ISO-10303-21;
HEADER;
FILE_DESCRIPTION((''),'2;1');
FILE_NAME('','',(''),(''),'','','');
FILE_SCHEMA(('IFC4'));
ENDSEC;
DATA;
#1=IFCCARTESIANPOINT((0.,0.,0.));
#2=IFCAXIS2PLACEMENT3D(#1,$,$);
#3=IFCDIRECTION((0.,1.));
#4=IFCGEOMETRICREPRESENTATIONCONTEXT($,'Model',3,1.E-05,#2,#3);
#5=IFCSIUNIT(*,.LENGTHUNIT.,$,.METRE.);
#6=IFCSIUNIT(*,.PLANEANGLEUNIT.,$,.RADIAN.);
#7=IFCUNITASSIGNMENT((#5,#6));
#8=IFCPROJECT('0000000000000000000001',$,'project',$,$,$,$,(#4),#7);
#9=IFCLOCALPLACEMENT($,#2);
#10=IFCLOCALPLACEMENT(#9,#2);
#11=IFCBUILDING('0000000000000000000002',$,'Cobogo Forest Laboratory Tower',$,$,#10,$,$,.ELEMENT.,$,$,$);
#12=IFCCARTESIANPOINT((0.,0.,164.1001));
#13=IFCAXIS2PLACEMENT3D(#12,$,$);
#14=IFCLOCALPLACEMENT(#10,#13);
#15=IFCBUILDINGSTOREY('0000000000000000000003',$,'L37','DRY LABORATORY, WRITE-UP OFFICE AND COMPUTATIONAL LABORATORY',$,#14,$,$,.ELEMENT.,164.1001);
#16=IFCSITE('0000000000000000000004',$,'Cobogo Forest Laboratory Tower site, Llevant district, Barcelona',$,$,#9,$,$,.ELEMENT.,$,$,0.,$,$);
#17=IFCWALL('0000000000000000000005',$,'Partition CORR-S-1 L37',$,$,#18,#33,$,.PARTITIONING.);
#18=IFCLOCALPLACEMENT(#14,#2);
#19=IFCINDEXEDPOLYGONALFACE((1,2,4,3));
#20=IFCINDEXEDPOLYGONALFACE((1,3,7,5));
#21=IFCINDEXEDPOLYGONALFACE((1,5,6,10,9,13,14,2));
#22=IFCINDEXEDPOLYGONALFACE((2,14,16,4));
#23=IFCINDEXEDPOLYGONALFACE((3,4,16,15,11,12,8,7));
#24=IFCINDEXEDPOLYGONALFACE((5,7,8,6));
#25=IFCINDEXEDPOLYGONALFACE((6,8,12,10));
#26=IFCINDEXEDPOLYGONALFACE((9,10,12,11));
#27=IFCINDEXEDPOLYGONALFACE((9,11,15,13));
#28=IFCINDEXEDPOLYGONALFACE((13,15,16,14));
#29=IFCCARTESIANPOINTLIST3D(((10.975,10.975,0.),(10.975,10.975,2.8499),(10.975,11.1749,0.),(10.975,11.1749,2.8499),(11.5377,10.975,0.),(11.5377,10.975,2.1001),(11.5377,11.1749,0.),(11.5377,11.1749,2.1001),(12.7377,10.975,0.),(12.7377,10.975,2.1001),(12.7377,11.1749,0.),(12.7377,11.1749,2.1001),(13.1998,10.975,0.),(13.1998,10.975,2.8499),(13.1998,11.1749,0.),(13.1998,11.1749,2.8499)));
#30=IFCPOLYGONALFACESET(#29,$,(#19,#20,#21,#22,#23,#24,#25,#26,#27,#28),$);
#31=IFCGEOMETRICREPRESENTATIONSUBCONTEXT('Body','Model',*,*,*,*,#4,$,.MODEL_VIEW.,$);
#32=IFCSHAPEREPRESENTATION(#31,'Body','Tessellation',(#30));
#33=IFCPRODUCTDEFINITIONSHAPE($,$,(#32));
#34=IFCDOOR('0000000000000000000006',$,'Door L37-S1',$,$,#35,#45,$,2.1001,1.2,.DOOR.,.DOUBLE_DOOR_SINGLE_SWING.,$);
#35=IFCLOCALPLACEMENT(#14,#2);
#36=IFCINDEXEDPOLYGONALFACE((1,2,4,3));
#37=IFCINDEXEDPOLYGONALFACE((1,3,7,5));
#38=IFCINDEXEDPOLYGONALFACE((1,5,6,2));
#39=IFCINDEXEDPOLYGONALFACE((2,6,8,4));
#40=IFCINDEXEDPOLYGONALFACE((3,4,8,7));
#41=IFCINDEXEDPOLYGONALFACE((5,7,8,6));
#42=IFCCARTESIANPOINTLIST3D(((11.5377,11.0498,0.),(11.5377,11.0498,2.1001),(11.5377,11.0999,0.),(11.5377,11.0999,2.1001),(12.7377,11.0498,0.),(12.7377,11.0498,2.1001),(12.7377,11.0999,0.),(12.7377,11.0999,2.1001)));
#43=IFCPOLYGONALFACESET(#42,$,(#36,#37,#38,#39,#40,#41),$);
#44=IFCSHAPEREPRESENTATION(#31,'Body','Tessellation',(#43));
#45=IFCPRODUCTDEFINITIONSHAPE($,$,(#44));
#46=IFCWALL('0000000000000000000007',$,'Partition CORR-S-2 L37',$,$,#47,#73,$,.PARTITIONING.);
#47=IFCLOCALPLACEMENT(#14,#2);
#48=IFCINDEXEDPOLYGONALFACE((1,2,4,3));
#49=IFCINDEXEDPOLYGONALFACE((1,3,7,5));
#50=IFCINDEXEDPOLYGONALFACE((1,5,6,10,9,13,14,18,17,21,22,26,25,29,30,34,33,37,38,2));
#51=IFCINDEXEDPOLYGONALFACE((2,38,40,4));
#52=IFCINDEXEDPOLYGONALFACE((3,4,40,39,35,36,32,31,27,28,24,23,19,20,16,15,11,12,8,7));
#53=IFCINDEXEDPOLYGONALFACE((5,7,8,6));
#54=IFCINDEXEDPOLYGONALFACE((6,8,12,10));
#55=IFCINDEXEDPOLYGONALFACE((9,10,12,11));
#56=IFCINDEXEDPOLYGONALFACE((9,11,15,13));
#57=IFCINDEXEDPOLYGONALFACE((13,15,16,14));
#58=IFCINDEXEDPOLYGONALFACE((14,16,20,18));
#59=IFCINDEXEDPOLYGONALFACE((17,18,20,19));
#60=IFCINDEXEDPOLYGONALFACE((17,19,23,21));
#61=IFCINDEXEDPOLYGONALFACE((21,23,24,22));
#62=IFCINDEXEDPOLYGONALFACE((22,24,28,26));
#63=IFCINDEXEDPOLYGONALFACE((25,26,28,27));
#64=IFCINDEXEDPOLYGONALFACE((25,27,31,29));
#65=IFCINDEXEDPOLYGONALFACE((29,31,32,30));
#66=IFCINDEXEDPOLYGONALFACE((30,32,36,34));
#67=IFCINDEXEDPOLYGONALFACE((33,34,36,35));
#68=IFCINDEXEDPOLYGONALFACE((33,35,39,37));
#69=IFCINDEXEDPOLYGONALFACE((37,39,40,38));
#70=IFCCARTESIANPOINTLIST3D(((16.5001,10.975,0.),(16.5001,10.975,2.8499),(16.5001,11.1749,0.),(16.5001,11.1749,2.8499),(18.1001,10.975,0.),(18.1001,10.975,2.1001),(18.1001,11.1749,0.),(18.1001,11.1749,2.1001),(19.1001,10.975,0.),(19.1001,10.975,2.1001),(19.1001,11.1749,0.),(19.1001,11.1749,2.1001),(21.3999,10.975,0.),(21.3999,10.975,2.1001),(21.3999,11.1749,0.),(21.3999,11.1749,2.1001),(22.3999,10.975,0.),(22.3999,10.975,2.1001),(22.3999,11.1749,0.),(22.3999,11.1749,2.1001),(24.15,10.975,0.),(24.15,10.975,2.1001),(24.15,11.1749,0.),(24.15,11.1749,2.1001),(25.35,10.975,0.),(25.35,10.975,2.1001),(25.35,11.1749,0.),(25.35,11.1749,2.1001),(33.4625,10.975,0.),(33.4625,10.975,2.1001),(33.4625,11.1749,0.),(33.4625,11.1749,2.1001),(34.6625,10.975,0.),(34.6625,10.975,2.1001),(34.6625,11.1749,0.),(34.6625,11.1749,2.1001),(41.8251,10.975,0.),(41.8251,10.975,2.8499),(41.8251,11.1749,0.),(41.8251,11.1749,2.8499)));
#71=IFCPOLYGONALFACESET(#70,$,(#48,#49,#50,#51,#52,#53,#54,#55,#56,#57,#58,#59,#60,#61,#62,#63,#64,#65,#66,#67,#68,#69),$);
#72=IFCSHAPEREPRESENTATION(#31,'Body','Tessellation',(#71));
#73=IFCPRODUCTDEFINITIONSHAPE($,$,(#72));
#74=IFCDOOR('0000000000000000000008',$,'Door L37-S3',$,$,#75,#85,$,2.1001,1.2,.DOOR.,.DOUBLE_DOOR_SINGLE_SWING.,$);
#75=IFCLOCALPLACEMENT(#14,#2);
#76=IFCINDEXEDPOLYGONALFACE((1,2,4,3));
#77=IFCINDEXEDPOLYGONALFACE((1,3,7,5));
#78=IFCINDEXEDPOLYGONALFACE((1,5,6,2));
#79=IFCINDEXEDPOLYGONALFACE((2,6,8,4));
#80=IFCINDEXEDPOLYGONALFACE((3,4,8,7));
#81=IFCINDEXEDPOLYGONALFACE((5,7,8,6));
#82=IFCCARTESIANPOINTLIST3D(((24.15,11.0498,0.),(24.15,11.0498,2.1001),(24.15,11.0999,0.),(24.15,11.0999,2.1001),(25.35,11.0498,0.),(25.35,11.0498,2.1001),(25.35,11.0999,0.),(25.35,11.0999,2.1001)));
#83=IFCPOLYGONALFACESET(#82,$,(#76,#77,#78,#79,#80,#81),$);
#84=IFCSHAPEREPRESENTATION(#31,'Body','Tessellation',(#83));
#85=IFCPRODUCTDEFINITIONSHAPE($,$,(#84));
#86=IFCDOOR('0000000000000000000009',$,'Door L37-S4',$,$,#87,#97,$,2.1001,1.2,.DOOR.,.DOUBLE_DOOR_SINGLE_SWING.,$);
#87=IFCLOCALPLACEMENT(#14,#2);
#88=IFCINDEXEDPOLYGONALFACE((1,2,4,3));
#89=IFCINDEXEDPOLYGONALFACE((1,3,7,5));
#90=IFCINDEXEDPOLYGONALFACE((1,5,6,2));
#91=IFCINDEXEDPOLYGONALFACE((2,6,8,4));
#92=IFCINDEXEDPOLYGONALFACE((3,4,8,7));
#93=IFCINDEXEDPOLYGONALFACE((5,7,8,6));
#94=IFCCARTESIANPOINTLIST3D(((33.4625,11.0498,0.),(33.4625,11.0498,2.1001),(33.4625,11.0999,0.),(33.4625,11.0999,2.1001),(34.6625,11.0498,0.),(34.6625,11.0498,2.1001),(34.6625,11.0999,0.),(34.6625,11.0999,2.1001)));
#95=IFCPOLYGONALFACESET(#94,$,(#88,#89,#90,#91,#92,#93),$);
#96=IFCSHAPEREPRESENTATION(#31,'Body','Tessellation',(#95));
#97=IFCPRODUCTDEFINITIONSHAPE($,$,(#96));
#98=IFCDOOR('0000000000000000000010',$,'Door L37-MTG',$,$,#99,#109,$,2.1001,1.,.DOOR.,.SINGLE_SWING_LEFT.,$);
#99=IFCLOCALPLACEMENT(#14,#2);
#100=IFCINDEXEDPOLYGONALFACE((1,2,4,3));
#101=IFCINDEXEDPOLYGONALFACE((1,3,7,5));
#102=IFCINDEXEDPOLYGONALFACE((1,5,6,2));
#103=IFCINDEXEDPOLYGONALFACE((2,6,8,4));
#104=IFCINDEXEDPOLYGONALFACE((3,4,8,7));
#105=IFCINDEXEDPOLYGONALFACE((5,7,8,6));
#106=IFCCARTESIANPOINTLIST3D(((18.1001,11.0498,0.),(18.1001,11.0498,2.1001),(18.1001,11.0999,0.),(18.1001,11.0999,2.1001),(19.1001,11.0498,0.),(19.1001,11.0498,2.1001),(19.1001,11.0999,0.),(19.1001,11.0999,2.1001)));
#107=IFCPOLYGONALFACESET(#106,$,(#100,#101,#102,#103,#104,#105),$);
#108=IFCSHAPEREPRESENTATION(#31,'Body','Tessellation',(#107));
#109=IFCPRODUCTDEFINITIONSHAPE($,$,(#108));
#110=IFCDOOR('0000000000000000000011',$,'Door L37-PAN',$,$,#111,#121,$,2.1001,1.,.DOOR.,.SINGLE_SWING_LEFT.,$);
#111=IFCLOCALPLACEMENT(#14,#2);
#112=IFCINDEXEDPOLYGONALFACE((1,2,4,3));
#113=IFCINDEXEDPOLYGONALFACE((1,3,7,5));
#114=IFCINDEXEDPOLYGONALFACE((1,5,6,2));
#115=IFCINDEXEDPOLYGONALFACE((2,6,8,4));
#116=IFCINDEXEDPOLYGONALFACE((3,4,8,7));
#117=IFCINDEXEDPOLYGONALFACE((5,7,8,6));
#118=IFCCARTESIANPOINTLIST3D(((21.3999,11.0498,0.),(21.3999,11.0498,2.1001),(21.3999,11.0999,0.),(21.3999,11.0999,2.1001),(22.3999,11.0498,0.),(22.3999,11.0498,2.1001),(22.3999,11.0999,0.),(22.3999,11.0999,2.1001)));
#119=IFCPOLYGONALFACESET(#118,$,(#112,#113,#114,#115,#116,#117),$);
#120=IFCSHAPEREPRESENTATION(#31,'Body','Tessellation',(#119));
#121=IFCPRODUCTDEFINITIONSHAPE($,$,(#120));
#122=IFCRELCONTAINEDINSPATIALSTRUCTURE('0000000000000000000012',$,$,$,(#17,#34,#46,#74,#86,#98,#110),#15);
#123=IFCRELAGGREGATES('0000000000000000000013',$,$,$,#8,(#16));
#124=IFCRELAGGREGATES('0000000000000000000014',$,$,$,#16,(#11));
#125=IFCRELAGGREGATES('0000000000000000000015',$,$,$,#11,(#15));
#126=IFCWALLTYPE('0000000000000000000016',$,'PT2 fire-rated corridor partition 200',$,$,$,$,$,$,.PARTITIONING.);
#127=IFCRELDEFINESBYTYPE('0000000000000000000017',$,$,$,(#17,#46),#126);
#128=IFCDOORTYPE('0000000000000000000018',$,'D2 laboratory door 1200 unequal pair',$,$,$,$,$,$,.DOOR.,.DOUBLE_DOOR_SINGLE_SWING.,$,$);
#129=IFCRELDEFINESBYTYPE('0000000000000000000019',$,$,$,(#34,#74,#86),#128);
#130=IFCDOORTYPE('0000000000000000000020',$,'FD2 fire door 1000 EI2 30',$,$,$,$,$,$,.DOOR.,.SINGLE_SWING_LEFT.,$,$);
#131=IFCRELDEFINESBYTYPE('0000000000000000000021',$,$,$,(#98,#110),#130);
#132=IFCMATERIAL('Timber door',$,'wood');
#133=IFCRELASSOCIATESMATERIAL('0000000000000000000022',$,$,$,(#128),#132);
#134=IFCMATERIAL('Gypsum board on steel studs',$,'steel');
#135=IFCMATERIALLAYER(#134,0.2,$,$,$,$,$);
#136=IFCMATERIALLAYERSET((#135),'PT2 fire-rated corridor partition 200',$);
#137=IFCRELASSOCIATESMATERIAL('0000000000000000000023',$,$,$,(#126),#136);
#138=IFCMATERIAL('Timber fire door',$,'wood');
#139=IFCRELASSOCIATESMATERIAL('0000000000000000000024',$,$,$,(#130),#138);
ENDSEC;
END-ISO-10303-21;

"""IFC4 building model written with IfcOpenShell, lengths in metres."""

from ifc_helpers import new_model, si_unit, direction, frame, frame_2d, origin, place, context, subcontext, project, spatial, rectangle, extrude, material, layer, layer_set, type_object, element, fill, save


model = new_model("IFC4")

# Units and contexts
model_context = context("Model", 3, precision=1e-05, world=origin(), true_north=direction((0.0, 1.0)))
body_context = subcontext(model_context, "Body", "Model", "MODEL_VIEW")
ifc_project = project(units=[si_unit("LENGTHUNIT", "METRE"), si_unit("PLANEANGLEUNIT", "RADIAN")], contexts=[model_context])

# Site, building, storey
site_placement = place(None, origin())
site = spatial("IfcSite", under=ifc_project, at=site_placement, Name="Cobogo Forest Laboratory Tower site, Llevant district, Barcelona", CompositionType="ELEMENT", RefElevation=0.0)
building_placement = place(site_placement, origin())
building = spatial("IfcBuilding", under=site, at=building_placement, Name="Cobogo Forest Laboratory Tower", CompositionType="ELEMENT")
storey_placement = place(building_placement, frame((0.0, 0.0, 164.1001)))
storey = spatial("IfcBuildingStorey", under=building, at=storey_placement, Name="L37", Description="DRY LABORATORY, WRITE-UP OFFICE AND COMPUTATIONAL LABORATORY", CompositionType="ELEMENT", Elevation=164.1001)

# Shared definitions
ifc_material_1 = material(Name="Gypsum board on steel studs", Category="steel")

# Shared definitions
ifc_material_2 = material(Name="Timber door", Category="wood")
door_type_1 = type_object("IfcDoorType", Name="D2 laboratory door 1200 unequal pair", OperationType="DOUBLE_DOOR_SINGLE_SWING", PredefinedType="DOOR", material=ifc_material_2)

# Wall, opening, door
ifc_layer_1 = layer(ifc_material_1, 0.2)
ifc_layer_set_1 = layer_set([ifc_layer_1], Name="PT2 fire-rated corridor partition 200")
wall_type_1 = type_object("IfcWallType", Name="PT2 fire-rated corridor partition 200", PredefinedType="PARTITIONING", material=ifc_layer_set_1)
wall_1_placement = place(storey_placement, frame((10.9751, 11.075, 0.0), z_axis=(0.0, 0.0, 1.0), x_axis=(1.0, 0.0, 0.0)))
wall_1 = element("IfcWall", 1, at=wall_1_placement, inside=storey, type_object=wall_type_1, Name="Partition CORR-S-1 L37", PredefinedType="PARTITIONING", context=body_context, shape_type="SweptSolid", body=[
    extrude(rectangle(XDim=2.2249, YDim=0.2, at=frame_2d((1.1123, 0.0))), origin(), (0.0, 0.0, 1.0), 2.8499),
])
opening_1_placement = place(wall_1_placement, frame((0.5625, 0.0, 0.0)))
opening_1 = element("IfcOpeningElement", 2, at=opening_1_placement, cuts=wall_1, PredefinedType="OPENING", context=body_context, shape_type="SweptSolid", body=[
    extrude(rectangle(XDim=1.2, YDim=2.1001, at=frame_2d((0.6001, 1.05))), frame((0.0, 0.1099, 0.0), z_axis=(0.0, -1.0, 0.0), x_axis=(1.0, 0.0, 0.0)), (0.0, 0.0, 1.0), 0.22),
])
door_1_placement = place(opening_1_placement, origin())
door_1 = element("IfcDoor", 3, at=door_1_placement, inside=storey, type_object=door_type_1, Name="Door L37-S1", OperationType="DOUBLE_DOOR_SINGLE_SWING", OverallHeight=2.1001, OverallWidth=1.2, PredefinedType="DOOR", context=body_context, shape_type="SweptSolid", body=[
    extrude(rectangle(XDim=1.2, YDim=2.1001, at=frame_2d((0.6001, 1.05))), frame((0.0, 0.0249, 0.0), z_axis=(0.0, -1.0, 0.0), x_axis=(1.0, 0.0, 0.0)), (0.0, 0.0, 1.0), 0.05),
])
fill(opening_1, door_1)

# Wall, openings, doors
wall_2_placement = place(storey_placement, frame((16.5, 11.075, 0.0), z_axis=(0.0, 0.0, 1.0), x_axis=(1.0, 0.0, 0.0)))
wall_2 = element("IfcWall", 4, at=wall_2_placement, inside=storey, type_object=wall_type_1, Name="Partition CORR-S-2 L37", PredefinedType="PARTITIONING", context=body_context, shape_type="SweptSolid", body=[
    extrude(rectangle(XDim=25.325, YDim=0.2, at=frame_2d((12.6626, 0.0))), origin(), (0.0, 0.0, 1.0), 2.8499),
])
opening_2_placement = place(wall_2_placement, frame((1.6001, 0.0, 0.0)))
opening_2 = element("IfcOpeningElement", 5, at=opening_2_placement, cuts=wall_2, PredefinedType="OPENING", context=body_context, shape_type="SweptSolid", body=[
    extrude(rectangle(XDim=1.0, YDim=2.1001, at=frame_2d((0.5, 1.05))), frame((0.0, 0.1099, 0.0), z_axis=(0.0, -1.0, 0.0), x_axis=(1.0, 0.0, 0.0)), (0.0, 0.0, 1.0), 0.22),
])
opening_3_placement = place(wall_2_placement, frame((4.8999, 0.0, 0.0)))
opening_3 = element("IfcOpeningElement", 6, at=opening_3_placement, cuts=wall_2, PredefinedType="OPENING", context=body_context, shape_type="SweptSolid", body=[
    extrude(rectangle(XDim=1.0, YDim=2.1001, at=frame_2d((0.5, 1.05))), frame((0.0, 0.1099, 0.0), z_axis=(0.0, -1.0, 0.0), x_axis=(1.0, 0.0, 0.0)), (0.0, 0.0, 1.0), 0.22),
])
opening_4_placement = place(wall_2_placement, frame((7.6499, 0.0, 0.0)))
opening_4 = element("IfcOpeningElement", 7, at=opening_4_placement, cuts=wall_2, PredefinedType="OPENING", context=body_context, shape_type="SweptSolid", body=[
    extrude(rectangle(XDim=1.2, YDim=2.1001, at=frame_2d((0.6001, 1.05))), frame((0.0, 0.1099, 0.0), z_axis=(0.0, -1.0, 0.0), x_axis=(1.0, 0.0, 0.0)), (0.0, 0.0, 1.0), 0.22),
])
opening_5_placement = place(wall_2_placement, frame((16.9624, 0.0, 0.0)))
opening_5 = element("IfcOpeningElement", 8, at=opening_5_placement, cuts=wall_2, PredefinedType="OPENING", context=body_context, shape_type="SweptSolid", body=[
    extrude(rectangle(XDim=1.2, YDim=2.1001, at=frame_2d((0.6001, 1.05))), frame((0.0, 0.1099, 0.0), z_axis=(0.0, -1.0, 0.0), x_axis=(1.0, 0.0, 0.0)), (0.0, 0.0, 1.0), 0.22),
])
door_2_placement = place(opening_4_placement, origin())
door_2 = element("IfcDoor", 9, at=door_2_placement, inside=storey, type_object=door_type_1, Name="Door L37-S3", OperationType="DOUBLE_DOOR_SINGLE_SWING", OverallHeight=2.1001, OverallWidth=1.2, PredefinedType="DOOR", context=body_context, shape_type="SweptSolid", body=[
    extrude(rectangle(XDim=1.2, YDim=2.1001, at=frame_2d((0.6001, 1.05))), frame((0.0, 0.0249, 0.0), z_axis=(0.0, -1.0, 0.0), x_axis=(1.0, 0.0, 0.0)), (0.0, 0.0, 1.0), 0.05),
])
fill(opening_4, door_2)
door_3_placement = place(opening_5_placement, origin())
door_3 = element("IfcDoor", 10, at=door_3_placement, inside=storey, type_object=door_type_1, Name="Door L37-S4", OperationType="DOUBLE_DOOR_SINGLE_SWING", OverallHeight=2.1001, OverallWidth=1.2, PredefinedType="DOOR", context=body_context, shape_type="SweptSolid", body=[
    extrude(rectangle(XDim=1.2, YDim=2.1001, at=frame_2d((0.6001, 1.05))), frame((0.0, 0.0249, 0.0), z_axis=(0.0, -1.0, 0.0), x_axis=(1.0, 0.0, 0.0)), (0.0, 0.0, 1.0), 0.05),
])
fill(opening_5, door_3)
ifc_material_3 = material(Name="Timber fire door", Category="wood")
door_type_2 = type_object("IfcDoorType", Name="FD2 fire door 1000 EI2 30", OperationType="SINGLE_SWING_LEFT", PredefinedType="DOOR", material=ifc_material_3)
door_4_placement = place(opening_2_placement, origin())
door_4 = element("IfcDoor", 11, at=door_4_placement, inside=storey, type_object=door_type_2, Name="Door L37-MTG", OperationType="SINGLE_SWING_LEFT", OverallHeight=2.1001, OverallWidth=1.0, PredefinedType="DOOR", context=body_context, shape_type="SweptSolid", body=[
    extrude(rectangle(XDim=1.0, YDim=2.1001, at=frame_2d((0.5, 1.05))), frame((0.0, 0.0249, 0.0), z_axis=(0.0, -1.0, 0.0), x_axis=(1.0, 0.0, 0.0)), (0.0, 0.0, 1.0), 0.05),
])
fill(opening_2, door_4)
door_5_placement = place(opening_3_placement, origin())
door_5 = element("IfcDoor", 12, at=door_5_placement, inside=storey, type_object=door_type_2, Name="Door L37-PAN", OperationType="SINGLE_SWING_LEFT", OverallHeight=2.1001, OverallWidth=1.0, PredefinedType="DOOR", context=body_context, shape_type="SweptSolid", body=[
    extrude(rectangle(XDim=1.0, YDim=2.1001, at=frame_2d((0.5, 1.05))), frame((0.0, 0.0249, 0.0), z_axis=(0.0, -1.0, 0.0), x_axis=(1.0, 0.0, 0.0)), (0.0, 0.0, 1.0), 0.05),
])
fill(opening_3, door_5)

save(model, "model.ifc")
